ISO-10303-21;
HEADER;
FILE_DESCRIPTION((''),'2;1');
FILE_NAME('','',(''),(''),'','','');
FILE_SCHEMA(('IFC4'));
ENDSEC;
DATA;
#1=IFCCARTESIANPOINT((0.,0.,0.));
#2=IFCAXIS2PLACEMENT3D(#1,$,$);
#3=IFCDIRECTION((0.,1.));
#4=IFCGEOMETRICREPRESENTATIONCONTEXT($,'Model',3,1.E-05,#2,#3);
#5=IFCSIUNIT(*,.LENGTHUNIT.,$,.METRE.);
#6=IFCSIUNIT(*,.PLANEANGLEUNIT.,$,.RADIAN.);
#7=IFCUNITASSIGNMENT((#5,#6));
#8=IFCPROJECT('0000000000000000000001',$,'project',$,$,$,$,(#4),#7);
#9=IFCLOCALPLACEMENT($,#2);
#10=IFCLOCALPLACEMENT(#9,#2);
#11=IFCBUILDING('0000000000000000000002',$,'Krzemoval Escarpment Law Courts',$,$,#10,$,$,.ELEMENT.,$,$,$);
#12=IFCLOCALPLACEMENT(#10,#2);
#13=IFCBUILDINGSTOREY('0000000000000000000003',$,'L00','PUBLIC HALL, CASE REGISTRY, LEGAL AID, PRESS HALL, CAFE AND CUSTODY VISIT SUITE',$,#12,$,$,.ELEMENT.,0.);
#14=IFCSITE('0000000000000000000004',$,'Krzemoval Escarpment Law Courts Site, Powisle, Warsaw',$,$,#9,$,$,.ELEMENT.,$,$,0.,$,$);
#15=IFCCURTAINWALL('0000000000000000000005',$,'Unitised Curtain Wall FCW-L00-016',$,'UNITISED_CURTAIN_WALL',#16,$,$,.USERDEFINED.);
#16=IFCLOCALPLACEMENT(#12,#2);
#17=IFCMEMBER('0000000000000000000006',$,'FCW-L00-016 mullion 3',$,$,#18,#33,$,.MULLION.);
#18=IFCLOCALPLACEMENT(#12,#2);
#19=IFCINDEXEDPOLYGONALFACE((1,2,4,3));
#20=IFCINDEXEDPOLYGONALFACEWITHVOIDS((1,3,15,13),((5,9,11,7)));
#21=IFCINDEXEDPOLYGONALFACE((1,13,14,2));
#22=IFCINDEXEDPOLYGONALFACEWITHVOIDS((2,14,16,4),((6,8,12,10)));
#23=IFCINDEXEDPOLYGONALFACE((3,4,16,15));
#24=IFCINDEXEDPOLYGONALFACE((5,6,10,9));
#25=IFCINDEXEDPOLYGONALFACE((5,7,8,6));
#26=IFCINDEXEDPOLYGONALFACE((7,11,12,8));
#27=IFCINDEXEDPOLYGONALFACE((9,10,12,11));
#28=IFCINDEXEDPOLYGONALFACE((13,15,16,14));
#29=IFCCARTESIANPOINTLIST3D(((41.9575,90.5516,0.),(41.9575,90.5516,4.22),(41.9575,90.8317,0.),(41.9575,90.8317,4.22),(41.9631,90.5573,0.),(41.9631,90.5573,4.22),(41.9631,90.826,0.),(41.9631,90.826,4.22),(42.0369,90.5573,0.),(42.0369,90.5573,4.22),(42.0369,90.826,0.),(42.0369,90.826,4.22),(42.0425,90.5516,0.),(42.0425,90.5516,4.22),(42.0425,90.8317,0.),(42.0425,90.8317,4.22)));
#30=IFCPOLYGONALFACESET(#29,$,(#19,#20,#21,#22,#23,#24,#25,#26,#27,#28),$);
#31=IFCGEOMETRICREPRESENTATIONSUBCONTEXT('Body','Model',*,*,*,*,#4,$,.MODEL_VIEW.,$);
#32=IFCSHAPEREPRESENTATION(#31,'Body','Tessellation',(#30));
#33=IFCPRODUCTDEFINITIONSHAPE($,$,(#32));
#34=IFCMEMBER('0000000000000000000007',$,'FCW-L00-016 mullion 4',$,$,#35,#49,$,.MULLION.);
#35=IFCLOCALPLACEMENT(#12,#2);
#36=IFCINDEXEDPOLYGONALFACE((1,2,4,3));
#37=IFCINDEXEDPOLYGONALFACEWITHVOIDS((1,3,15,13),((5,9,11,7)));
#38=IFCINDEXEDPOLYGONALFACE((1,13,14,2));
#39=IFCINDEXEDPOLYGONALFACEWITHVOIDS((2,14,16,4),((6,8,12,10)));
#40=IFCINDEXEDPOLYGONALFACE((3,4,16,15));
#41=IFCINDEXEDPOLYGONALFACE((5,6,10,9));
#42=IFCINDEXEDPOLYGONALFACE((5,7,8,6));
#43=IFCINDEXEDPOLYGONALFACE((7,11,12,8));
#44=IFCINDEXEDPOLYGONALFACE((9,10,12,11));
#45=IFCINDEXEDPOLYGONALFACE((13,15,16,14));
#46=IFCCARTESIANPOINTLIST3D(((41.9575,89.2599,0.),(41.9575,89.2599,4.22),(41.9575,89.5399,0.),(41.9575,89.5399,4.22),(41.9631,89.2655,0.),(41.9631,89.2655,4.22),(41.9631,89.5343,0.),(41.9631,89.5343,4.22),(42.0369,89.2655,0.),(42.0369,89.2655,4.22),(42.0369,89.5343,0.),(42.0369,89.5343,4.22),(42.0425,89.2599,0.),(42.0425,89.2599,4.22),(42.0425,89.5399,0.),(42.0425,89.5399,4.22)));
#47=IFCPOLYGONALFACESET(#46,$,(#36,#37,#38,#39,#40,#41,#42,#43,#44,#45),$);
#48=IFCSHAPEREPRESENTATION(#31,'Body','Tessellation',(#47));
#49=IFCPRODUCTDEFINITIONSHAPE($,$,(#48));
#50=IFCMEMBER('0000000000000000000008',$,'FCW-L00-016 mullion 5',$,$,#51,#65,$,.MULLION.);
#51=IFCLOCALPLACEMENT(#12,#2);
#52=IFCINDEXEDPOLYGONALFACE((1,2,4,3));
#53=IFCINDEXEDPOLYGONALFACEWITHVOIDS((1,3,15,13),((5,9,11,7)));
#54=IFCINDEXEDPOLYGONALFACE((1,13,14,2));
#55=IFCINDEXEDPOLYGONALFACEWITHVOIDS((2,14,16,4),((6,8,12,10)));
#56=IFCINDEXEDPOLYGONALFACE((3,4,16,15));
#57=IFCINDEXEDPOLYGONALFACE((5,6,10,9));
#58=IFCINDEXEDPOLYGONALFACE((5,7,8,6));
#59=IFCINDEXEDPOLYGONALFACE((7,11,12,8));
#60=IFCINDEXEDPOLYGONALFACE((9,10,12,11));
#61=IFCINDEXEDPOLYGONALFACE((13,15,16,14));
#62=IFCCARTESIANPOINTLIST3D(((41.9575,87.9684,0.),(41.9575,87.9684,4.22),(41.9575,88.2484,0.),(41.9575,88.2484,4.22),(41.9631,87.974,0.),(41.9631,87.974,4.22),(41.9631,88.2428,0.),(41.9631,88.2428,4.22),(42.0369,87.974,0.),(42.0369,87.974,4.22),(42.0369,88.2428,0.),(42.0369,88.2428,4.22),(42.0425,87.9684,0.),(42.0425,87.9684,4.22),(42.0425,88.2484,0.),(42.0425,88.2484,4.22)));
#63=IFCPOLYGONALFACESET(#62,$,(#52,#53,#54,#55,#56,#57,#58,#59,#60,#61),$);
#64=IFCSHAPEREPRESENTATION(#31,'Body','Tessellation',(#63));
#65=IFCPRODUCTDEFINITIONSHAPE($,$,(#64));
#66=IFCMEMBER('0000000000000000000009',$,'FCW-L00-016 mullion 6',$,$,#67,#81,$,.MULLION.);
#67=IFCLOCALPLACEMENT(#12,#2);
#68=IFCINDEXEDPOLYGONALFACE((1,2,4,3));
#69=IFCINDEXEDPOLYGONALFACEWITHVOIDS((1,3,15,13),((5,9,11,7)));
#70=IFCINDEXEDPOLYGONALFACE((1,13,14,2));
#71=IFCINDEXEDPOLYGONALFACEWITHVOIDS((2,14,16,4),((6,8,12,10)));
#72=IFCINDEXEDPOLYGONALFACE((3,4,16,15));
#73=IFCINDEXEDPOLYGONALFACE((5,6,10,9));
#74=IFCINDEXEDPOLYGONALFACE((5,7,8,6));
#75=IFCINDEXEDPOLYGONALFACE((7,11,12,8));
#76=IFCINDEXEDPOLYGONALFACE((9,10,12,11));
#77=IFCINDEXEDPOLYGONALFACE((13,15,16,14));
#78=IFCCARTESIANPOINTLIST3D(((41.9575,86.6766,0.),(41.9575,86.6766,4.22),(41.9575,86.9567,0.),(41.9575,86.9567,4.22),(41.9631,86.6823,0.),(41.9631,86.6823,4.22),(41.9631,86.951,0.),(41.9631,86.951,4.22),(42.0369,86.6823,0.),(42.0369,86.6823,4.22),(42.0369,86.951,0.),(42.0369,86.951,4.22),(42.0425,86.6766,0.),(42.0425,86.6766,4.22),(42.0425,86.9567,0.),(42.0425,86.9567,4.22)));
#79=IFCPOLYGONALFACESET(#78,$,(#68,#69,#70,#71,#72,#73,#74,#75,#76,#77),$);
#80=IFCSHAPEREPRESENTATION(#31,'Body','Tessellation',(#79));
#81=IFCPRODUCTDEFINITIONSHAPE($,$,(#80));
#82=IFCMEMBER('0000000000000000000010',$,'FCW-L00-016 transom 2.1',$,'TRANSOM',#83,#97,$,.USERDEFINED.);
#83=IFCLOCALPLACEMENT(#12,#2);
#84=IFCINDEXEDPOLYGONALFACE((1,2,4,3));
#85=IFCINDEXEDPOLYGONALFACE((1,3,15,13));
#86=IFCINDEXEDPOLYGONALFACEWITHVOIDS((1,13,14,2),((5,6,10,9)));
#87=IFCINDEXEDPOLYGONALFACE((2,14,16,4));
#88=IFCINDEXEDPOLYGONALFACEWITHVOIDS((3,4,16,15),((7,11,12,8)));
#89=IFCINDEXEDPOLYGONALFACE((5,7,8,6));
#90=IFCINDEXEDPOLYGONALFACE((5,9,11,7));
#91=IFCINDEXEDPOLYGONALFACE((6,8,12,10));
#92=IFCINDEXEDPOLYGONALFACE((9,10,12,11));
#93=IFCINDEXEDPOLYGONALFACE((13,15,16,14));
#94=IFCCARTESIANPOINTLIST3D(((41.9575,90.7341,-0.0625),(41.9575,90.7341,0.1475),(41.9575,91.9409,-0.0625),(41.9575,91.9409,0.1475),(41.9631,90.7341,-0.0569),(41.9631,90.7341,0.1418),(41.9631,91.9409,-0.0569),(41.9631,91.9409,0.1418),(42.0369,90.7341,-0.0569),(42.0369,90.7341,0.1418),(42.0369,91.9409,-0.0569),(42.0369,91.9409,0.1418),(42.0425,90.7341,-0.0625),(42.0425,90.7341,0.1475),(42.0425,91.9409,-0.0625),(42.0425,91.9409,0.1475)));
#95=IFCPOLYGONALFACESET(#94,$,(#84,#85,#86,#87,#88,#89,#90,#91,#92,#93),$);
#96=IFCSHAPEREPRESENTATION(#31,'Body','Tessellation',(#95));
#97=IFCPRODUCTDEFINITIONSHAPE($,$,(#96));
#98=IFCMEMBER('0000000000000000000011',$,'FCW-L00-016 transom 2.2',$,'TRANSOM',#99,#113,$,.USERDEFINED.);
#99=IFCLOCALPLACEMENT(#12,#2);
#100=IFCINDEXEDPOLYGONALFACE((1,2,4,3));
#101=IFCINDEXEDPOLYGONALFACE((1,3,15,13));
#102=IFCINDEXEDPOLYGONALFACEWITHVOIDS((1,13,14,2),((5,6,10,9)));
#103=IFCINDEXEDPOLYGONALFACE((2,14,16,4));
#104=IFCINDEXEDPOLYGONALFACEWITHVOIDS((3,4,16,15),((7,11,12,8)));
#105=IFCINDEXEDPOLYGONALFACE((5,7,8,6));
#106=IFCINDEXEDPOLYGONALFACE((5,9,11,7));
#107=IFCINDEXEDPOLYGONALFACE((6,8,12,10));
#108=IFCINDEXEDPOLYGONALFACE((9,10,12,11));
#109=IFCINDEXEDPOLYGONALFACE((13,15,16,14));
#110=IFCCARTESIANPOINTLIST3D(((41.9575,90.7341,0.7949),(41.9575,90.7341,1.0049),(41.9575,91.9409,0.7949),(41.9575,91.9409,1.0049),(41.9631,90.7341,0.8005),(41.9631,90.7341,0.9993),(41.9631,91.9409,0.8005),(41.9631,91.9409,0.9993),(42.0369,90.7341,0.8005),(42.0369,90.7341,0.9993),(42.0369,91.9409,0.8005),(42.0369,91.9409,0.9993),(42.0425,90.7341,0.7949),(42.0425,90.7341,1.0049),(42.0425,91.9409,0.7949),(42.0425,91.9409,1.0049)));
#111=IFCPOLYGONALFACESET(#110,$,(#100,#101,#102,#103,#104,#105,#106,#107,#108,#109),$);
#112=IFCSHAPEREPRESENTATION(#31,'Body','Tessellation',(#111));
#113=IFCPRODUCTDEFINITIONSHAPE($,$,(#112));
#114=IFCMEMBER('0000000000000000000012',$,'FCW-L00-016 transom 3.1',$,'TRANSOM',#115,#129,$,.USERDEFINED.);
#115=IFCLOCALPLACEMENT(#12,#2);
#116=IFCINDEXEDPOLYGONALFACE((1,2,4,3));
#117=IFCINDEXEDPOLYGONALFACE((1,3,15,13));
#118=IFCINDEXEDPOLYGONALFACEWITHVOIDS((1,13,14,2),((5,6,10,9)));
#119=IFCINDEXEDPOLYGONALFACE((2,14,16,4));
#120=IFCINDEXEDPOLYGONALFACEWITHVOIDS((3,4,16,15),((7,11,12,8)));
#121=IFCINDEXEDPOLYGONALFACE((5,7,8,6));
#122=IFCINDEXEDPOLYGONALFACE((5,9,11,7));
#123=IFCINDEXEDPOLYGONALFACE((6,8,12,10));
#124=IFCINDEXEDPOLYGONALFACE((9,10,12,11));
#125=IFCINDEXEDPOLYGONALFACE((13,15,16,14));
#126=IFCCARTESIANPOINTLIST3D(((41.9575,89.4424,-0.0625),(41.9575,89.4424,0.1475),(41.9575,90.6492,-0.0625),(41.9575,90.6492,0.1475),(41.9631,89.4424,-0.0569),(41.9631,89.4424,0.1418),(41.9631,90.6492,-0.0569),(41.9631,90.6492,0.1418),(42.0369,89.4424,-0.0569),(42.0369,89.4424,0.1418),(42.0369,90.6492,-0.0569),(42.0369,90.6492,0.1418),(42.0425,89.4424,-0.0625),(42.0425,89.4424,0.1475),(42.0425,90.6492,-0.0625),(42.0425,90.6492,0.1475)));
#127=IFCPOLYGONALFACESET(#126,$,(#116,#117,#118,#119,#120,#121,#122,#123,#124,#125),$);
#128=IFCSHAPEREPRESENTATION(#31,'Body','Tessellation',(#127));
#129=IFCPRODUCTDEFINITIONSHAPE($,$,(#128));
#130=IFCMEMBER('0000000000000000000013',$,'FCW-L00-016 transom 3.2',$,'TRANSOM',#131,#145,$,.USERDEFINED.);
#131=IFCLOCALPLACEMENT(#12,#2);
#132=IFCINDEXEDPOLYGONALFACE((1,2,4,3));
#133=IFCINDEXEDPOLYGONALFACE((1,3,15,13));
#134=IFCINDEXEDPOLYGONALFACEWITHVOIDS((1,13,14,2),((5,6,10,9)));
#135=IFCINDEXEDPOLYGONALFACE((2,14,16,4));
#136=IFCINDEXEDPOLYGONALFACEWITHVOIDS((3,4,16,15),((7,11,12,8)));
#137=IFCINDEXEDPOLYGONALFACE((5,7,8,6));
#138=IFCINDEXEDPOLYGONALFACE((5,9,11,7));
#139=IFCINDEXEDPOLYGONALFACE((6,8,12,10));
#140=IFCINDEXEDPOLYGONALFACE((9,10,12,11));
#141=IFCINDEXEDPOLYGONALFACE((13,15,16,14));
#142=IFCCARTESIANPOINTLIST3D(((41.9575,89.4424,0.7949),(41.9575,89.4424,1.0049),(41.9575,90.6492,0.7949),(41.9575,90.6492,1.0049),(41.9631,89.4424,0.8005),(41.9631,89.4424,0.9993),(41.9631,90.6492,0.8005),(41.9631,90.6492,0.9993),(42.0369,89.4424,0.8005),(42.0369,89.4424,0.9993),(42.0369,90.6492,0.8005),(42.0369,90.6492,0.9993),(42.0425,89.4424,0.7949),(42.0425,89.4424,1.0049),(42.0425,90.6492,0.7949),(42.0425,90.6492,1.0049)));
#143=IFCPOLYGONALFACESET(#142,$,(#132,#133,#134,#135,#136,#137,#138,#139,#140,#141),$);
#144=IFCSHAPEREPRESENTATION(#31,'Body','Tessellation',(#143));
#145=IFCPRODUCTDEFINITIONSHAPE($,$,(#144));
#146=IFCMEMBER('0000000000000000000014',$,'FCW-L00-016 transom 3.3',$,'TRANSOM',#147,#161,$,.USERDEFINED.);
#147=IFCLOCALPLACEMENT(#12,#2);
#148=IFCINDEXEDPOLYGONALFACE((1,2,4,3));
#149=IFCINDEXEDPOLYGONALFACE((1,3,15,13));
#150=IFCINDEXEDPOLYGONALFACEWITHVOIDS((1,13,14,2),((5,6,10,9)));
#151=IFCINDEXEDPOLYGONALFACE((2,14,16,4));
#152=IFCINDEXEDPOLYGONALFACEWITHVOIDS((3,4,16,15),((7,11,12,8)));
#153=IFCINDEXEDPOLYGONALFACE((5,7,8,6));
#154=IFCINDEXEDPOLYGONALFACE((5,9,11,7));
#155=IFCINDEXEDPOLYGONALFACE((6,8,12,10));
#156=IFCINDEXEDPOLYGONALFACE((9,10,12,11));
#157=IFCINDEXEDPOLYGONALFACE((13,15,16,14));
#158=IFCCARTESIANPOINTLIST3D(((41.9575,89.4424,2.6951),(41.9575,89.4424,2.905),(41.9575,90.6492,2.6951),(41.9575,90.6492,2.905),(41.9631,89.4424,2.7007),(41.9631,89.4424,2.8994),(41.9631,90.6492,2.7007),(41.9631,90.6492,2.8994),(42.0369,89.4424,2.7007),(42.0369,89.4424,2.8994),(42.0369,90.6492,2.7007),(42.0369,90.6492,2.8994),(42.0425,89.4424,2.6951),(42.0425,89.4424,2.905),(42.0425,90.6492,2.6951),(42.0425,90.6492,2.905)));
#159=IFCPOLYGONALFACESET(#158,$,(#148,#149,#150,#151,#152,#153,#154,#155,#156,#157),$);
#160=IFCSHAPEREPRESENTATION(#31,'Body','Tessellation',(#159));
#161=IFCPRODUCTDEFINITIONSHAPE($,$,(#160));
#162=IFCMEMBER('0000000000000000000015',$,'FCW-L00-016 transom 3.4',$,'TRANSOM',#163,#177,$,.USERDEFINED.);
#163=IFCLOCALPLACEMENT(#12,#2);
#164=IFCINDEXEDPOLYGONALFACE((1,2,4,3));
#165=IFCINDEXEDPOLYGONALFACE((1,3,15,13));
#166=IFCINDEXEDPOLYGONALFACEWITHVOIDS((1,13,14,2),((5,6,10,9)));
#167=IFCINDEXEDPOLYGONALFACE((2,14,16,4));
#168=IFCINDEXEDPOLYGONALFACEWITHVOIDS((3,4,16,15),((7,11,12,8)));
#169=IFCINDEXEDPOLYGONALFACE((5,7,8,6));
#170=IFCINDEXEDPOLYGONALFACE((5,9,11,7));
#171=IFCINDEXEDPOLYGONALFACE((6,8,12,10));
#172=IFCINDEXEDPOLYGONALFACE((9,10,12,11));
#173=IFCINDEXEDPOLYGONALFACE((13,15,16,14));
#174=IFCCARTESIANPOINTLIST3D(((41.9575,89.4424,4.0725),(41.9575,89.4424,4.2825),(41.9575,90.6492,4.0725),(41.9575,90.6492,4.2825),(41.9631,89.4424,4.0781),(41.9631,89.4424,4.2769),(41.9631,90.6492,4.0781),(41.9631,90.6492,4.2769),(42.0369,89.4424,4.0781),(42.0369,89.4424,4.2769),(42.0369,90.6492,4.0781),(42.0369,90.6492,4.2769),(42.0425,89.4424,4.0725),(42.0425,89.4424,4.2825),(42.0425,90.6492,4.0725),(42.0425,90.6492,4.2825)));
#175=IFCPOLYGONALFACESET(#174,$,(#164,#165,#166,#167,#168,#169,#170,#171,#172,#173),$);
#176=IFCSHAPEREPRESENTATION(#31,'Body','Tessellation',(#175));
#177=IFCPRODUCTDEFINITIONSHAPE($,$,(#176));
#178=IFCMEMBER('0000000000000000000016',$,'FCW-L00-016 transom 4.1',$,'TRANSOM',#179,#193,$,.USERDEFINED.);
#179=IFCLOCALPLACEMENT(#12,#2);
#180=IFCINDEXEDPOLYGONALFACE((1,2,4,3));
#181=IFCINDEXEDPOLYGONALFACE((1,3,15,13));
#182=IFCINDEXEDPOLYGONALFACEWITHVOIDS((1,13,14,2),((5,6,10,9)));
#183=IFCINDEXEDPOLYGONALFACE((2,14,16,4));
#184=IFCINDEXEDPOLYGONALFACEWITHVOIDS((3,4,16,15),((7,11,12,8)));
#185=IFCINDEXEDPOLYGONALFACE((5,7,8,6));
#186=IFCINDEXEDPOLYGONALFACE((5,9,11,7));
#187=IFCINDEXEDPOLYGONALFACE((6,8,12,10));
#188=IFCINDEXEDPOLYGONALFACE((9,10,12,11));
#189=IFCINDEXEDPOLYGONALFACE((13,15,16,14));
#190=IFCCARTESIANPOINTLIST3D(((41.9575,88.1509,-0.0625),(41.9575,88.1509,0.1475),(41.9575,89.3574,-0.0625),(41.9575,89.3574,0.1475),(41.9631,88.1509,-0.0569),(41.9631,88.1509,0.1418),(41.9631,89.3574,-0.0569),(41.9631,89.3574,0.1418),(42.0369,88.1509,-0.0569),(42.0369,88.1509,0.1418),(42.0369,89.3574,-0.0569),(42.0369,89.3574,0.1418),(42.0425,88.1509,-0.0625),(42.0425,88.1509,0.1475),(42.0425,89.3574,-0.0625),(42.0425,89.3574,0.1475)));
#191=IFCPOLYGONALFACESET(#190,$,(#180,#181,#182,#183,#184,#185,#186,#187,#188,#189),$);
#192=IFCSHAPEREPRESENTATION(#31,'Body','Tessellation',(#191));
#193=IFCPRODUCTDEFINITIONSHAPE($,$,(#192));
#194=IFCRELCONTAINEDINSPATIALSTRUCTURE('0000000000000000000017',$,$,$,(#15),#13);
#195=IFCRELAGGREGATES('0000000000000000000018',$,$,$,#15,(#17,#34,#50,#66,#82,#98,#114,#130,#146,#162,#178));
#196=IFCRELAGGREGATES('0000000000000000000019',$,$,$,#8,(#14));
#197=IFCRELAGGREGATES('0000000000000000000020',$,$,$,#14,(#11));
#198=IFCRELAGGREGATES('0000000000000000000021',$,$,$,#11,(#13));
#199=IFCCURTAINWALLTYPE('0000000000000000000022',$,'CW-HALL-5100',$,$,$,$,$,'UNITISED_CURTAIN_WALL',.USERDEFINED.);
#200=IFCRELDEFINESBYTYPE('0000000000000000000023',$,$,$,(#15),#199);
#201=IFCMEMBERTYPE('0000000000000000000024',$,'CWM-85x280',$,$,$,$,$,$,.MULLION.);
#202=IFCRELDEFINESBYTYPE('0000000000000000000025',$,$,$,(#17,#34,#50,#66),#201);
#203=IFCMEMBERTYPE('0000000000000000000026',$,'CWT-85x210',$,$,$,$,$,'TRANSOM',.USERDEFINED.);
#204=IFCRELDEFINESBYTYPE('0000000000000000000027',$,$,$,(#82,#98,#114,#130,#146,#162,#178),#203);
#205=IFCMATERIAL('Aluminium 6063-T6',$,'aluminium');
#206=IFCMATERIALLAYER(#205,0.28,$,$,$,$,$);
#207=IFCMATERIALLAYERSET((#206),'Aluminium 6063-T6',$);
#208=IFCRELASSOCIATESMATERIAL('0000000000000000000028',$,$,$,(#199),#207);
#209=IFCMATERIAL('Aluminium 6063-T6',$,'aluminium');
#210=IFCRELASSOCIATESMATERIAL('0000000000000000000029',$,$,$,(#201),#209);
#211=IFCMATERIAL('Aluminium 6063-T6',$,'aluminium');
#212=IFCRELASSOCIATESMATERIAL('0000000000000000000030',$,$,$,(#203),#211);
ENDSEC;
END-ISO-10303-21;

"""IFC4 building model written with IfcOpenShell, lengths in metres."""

from ifc_helpers import new_model, si_unit, direction, frame, origin, origin_2d, place, context, subcontext, project, spatial, hollow_rectangle, extrude, material, layer, layer_set, material_profile, profile_set, type_object, element, aggregate, save


model = new_model("IFC4")

# Units and contexts
model_context = context("Model", 3, precision=1e-05, world=origin(), true_north=direction((0.0, 1.0)))
body_context = subcontext(model_context, "Body", "Model", "MODEL_VIEW")
ifc_project = project(units=[si_unit("LENGTHUNIT", "METRE"), si_unit("PLANEANGLEUNIT", "RADIAN")], contexts=[model_context])

# Site, building, storey
site_placement = place(None, origin())
site = spatial("IfcSite", under=ifc_project, at=site_placement, Name="Krzemoval Escarpment Law Courts Site, Powisle, Warsaw", CompositionType="ELEMENT", RefElevation=0.0)
building_placement = place(site_placement, origin())
building = spatial("IfcBuilding", under=site, at=building_placement, Name="Krzemoval Escarpment Law Courts", CompositionType="ELEMENT")
storey_placement = place(building_placement, origin())
storey = spatial("IfcBuildingStorey", under=building, at=storey_placement, Name="L00", Description="PUBLIC HALL, CASE REGISTRY, LEGAL AID, PRESS HALL, CAFE AND CUSTODY VISIT SUITE", CompositionType="ELEMENT", Elevation=0.0)

# Curtain wall, members
ifc_material_1 = material(Name="Aluminium 6063-T6", Category="aluminium")
ifc_layer_1 = layer(ifc_material_1, 0.28)
ifc_layer_set_1 = layer_set([ifc_layer_1], Name="Aluminium 6063-T6")
curtain_wall_type = type_object("IfcCurtainWallType", Name="CW-HALL-5100", ElementType="UNITISED_CURTAIN_WALL", PredefinedType="USERDEFINED", material=ifc_layer_set_1)
curtain_wall_placement = place(storey_placement, origin())
curtain_wall = element("IfcCurtainWall", 1, at=curtain_wall_placement, inside=storey, type_object=curtain_wall_type, Name="Unitised Curtain Wall FCW-L00-016", ObjectType="UNITISED_CURTAIN_WALL", PredefinedType="USERDEFINED")
ifc_material_2 = material(Name="Aluminium 6063-T6", Category="aluminium")
ifc_material_profile_1 = material_profile(ifc_material_2, hollow_rectangle(XDim=0.085, YDim=0.28, WallThickness=0.0056, at=origin_2d()), Name="ALU M85x280")
ifc_profile_set_1 = profile_set([ifc_material_profile_1], Name="Aluminium 6063-T6")
member_type_1 = type_object("IfcMemberType", Name="CWM-85x280", PredefinedType="MULLION", material=ifc_profile_set_1)
member_1_placement = place(storey_placement, frame((42.0, 90.6917, 0.0), z_axis=(0.0, 0.0, 1.0), x_axis=(1.0, 0.0, 0.0)))
member_1 = element("IfcMember", 2, at=member_1_placement, type_object=member_type_1, Name="FCW-L00-016 mullion 3", PredefinedType="MULLION", context=body_context, shape_type="SweptSolid", body=[
    extrude(hollow_rectangle(XDim=0.085, YDim=0.28, WallThickness=0.0056, at=origin_2d()), origin(), (0.0, 0.0, 1.0), 4.22),
])
member_2_placement = place(storey_placement, frame((42.0, 89.3999, 0.0), z_axis=(0.0, 0.0, 1.0), x_axis=(1.0, 0.0, 0.0)))
member_2 = element("IfcMember", 3, at=member_2_placement, type_object=member_type_1, Name="FCW-L00-016 mullion 4", PredefinedType="MULLION", context=body_context, shape_type="SweptSolid", body=[
    extrude(hollow_rectangle(XDim=0.085, YDim=0.28, WallThickness=0.0056, at=origin_2d()), origin(), (0.0, 0.0, 1.0), 4.22),
])
member_3_placement = place(storey_placement, frame((42.0, 88.1084, 0.0), z_axis=(0.0, 0.0, 1.0), x_axis=(1.0, 0.0, 0.0)))
member_3 = element("IfcMember", 4, at=member_3_placement, type_object=member_type_1, Name="FCW-L00-016 mullion 5", PredefinedType="MULLION", context=body_context, shape_type="SweptSolid", body=[
    extrude(hollow_rectangle(XDim=0.085, YDim=0.28, WallThickness=0.0056, at=origin_2d()), origin(), (0.0, 0.0, 1.0), 4.22),
])
member_4_placement = place(storey_placement, frame((42.0, 86.8167, 0.0), z_axis=(0.0, 0.0, 1.0), x_axis=(1.0, 0.0, 0.0)))
member_4 = element("IfcMember", 5, at=member_4_placement, type_object=member_type_1, Name="FCW-L00-016 mullion 6", PredefinedType="MULLION", context=body_context, shape_type="SweptSolid", body=[
    extrude(hollow_rectangle(XDim=0.085, YDim=0.28, WallThickness=0.0056, at=origin_2d()), origin(), (0.0, 0.0, 1.0), 4.22),
])
ifc_material_3 = material(Name="Aluminium 6063-T6", Category="aluminium")
ifc_material_profile_2 = material_profile(ifc_material_3, hollow_rectangle(XDim=0.085, YDim=0.21, WallThickness=0.0056, at=origin_2d()), Name="ALU T85x210")
ifc_profile_set_2 = profile_set([ifc_material_profile_2], Name="Aluminium 6063-T6")
member_type_2 = type_object("IfcMemberType", Name="CWT-85x210", ElementType="TRANSOM", PredefinedType="USERDEFINED", material=ifc_profile_set_2)
member_5_placement = place(storey_placement, frame((42.0, 91.9409, 0.0425), z_axis=(0.0, -1.0, 0.0), x_axis=(1.0, 0.0, 0.0)))
member_5 = element("IfcMember", 6, at=member_5_placement, type_object=member_type_2, Name="FCW-L00-016 transom 2.1", ObjectType="TRANSOM", PredefinedType="USERDEFINED", context=body_context, shape_type="SweptSolid", body=[
    extrude(hollow_rectangle(XDim=0.085, YDim=0.21, WallThickness=0.0056, at=origin_2d()), origin(), (0.0, 0.0, 1.0), 1.2068),
])
member_6_placement = place(storey_placement, frame((42.0, 91.9409, 0.8999), z_axis=(0.0, -1.0, 0.0), x_axis=(1.0, 0.0, 0.0)))
member_6 = element("IfcMember", 7, at=member_6_placement, type_object=member_type_2, Name="FCW-L00-016 transom 2.2", ObjectType="TRANSOM", PredefinedType="USERDEFINED", context=body_context, shape_type="SweptSolid", body=[
    extrude(hollow_rectangle(XDim=0.085, YDim=0.21, WallThickness=0.0056, at=origin_2d()), origin(), (0.0, 0.0, 1.0), 1.2068),
])
member_7_placement = place(storey_placement, frame((42.0, 90.6492, 0.0425), z_axis=(0.0, -1.0, 0.0), x_axis=(1.0, 0.0, 0.0)))
member_7 = element("IfcMember", 8, at=member_7_placement, type_object=member_type_2, Name="FCW-L00-016 transom 3.1", ObjectType="TRANSOM", PredefinedType="USERDEFINED", context=body_context, shape_type="SweptSolid", body=[
    extrude(hollow_rectangle(XDim=0.085, YDim=0.21, WallThickness=0.0056, at=origin_2d()), origin(), (0.0, 0.0, 1.0), 1.2068),
])
member_8_placement = place(storey_placement, frame((42.0, 90.6492, 0.8999), z_axis=(0.0, -1.0, 0.0), x_axis=(1.0, 0.0, 0.0)))
member_8 = element("IfcMember", 9, at=member_8_placement, type_object=member_type_2, Name="FCW-L00-016 transom 3.2", ObjectType="TRANSOM", PredefinedType="USERDEFINED", context=body_context, shape_type="SweptSolid", body=[
    extrude(hollow_rectangle(XDim=0.085, YDim=0.21, WallThickness=0.0056, at=origin_2d()), origin(), (0.0, 0.0, 1.0), 1.2068),
])
member_9_placement = place(storey_placement, frame((42.0, 90.6492, 2.8), z_axis=(0.0, -1.0, 0.0), x_axis=(1.0, 0.0, 0.0)))
member_9 = element("IfcMember", 10, at=member_9_placement, type_object=member_type_2, Name="FCW-L00-016 transom 3.3", ObjectType="TRANSOM", PredefinedType="USERDEFINED", context=body_context, shape_type="SweptSolid", body=[
    extrude(hollow_rectangle(XDim=0.085, YDim=0.21, WallThickness=0.0056, at=origin_2d()), origin(), (0.0, 0.0, 1.0), 1.2068),
])
member_10_placement = place(storey_placement, frame((42.0, 90.6492, 4.1775), z_axis=(0.0, -1.0, 0.0), x_axis=(1.0, 0.0, 0.0)))
member_10 = element("IfcMember", 11, at=member_10_placement, type_object=member_type_2, Name="FCW-L00-016 transom 3.4", ObjectType="TRANSOM", PredefinedType="USERDEFINED", context=body_context, shape_type="SweptSolid", body=[
    extrude(hollow_rectangle(XDim=0.085, YDim=0.21, WallThickness=0.0056, at=origin_2d()), origin(), (0.0, 0.0, 1.0), 1.2068),
])
member_11_placement = place(storey_placement, frame((42.0, 89.3574, 0.0425), z_axis=(0.0, -1.0, 0.0), x_axis=(1.0, 0.0, 0.0)))
member_11 = element("IfcMember", 12, at=member_11_placement, type_object=member_type_2, Name="FCW-L00-016 transom 4.1", ObjectType="TRANSOM", PredefinedType="USERDEFINED", context=body_context, shape_type="SweptSolid", body=[
    extrude(hollow_rectangle(XDim=0.085, YDim=0.21, WallThickness=0.0056, at=origin_2d()), origin(), (0.0, 0.0, 1.0), 1.2065),
])
aggregate(curtain_wall, [member_1, member_2, member_3, member_4, member_5, member_6, member_7, member_8, member_9, member_10, member_11])

save(model, "model.ifc")
